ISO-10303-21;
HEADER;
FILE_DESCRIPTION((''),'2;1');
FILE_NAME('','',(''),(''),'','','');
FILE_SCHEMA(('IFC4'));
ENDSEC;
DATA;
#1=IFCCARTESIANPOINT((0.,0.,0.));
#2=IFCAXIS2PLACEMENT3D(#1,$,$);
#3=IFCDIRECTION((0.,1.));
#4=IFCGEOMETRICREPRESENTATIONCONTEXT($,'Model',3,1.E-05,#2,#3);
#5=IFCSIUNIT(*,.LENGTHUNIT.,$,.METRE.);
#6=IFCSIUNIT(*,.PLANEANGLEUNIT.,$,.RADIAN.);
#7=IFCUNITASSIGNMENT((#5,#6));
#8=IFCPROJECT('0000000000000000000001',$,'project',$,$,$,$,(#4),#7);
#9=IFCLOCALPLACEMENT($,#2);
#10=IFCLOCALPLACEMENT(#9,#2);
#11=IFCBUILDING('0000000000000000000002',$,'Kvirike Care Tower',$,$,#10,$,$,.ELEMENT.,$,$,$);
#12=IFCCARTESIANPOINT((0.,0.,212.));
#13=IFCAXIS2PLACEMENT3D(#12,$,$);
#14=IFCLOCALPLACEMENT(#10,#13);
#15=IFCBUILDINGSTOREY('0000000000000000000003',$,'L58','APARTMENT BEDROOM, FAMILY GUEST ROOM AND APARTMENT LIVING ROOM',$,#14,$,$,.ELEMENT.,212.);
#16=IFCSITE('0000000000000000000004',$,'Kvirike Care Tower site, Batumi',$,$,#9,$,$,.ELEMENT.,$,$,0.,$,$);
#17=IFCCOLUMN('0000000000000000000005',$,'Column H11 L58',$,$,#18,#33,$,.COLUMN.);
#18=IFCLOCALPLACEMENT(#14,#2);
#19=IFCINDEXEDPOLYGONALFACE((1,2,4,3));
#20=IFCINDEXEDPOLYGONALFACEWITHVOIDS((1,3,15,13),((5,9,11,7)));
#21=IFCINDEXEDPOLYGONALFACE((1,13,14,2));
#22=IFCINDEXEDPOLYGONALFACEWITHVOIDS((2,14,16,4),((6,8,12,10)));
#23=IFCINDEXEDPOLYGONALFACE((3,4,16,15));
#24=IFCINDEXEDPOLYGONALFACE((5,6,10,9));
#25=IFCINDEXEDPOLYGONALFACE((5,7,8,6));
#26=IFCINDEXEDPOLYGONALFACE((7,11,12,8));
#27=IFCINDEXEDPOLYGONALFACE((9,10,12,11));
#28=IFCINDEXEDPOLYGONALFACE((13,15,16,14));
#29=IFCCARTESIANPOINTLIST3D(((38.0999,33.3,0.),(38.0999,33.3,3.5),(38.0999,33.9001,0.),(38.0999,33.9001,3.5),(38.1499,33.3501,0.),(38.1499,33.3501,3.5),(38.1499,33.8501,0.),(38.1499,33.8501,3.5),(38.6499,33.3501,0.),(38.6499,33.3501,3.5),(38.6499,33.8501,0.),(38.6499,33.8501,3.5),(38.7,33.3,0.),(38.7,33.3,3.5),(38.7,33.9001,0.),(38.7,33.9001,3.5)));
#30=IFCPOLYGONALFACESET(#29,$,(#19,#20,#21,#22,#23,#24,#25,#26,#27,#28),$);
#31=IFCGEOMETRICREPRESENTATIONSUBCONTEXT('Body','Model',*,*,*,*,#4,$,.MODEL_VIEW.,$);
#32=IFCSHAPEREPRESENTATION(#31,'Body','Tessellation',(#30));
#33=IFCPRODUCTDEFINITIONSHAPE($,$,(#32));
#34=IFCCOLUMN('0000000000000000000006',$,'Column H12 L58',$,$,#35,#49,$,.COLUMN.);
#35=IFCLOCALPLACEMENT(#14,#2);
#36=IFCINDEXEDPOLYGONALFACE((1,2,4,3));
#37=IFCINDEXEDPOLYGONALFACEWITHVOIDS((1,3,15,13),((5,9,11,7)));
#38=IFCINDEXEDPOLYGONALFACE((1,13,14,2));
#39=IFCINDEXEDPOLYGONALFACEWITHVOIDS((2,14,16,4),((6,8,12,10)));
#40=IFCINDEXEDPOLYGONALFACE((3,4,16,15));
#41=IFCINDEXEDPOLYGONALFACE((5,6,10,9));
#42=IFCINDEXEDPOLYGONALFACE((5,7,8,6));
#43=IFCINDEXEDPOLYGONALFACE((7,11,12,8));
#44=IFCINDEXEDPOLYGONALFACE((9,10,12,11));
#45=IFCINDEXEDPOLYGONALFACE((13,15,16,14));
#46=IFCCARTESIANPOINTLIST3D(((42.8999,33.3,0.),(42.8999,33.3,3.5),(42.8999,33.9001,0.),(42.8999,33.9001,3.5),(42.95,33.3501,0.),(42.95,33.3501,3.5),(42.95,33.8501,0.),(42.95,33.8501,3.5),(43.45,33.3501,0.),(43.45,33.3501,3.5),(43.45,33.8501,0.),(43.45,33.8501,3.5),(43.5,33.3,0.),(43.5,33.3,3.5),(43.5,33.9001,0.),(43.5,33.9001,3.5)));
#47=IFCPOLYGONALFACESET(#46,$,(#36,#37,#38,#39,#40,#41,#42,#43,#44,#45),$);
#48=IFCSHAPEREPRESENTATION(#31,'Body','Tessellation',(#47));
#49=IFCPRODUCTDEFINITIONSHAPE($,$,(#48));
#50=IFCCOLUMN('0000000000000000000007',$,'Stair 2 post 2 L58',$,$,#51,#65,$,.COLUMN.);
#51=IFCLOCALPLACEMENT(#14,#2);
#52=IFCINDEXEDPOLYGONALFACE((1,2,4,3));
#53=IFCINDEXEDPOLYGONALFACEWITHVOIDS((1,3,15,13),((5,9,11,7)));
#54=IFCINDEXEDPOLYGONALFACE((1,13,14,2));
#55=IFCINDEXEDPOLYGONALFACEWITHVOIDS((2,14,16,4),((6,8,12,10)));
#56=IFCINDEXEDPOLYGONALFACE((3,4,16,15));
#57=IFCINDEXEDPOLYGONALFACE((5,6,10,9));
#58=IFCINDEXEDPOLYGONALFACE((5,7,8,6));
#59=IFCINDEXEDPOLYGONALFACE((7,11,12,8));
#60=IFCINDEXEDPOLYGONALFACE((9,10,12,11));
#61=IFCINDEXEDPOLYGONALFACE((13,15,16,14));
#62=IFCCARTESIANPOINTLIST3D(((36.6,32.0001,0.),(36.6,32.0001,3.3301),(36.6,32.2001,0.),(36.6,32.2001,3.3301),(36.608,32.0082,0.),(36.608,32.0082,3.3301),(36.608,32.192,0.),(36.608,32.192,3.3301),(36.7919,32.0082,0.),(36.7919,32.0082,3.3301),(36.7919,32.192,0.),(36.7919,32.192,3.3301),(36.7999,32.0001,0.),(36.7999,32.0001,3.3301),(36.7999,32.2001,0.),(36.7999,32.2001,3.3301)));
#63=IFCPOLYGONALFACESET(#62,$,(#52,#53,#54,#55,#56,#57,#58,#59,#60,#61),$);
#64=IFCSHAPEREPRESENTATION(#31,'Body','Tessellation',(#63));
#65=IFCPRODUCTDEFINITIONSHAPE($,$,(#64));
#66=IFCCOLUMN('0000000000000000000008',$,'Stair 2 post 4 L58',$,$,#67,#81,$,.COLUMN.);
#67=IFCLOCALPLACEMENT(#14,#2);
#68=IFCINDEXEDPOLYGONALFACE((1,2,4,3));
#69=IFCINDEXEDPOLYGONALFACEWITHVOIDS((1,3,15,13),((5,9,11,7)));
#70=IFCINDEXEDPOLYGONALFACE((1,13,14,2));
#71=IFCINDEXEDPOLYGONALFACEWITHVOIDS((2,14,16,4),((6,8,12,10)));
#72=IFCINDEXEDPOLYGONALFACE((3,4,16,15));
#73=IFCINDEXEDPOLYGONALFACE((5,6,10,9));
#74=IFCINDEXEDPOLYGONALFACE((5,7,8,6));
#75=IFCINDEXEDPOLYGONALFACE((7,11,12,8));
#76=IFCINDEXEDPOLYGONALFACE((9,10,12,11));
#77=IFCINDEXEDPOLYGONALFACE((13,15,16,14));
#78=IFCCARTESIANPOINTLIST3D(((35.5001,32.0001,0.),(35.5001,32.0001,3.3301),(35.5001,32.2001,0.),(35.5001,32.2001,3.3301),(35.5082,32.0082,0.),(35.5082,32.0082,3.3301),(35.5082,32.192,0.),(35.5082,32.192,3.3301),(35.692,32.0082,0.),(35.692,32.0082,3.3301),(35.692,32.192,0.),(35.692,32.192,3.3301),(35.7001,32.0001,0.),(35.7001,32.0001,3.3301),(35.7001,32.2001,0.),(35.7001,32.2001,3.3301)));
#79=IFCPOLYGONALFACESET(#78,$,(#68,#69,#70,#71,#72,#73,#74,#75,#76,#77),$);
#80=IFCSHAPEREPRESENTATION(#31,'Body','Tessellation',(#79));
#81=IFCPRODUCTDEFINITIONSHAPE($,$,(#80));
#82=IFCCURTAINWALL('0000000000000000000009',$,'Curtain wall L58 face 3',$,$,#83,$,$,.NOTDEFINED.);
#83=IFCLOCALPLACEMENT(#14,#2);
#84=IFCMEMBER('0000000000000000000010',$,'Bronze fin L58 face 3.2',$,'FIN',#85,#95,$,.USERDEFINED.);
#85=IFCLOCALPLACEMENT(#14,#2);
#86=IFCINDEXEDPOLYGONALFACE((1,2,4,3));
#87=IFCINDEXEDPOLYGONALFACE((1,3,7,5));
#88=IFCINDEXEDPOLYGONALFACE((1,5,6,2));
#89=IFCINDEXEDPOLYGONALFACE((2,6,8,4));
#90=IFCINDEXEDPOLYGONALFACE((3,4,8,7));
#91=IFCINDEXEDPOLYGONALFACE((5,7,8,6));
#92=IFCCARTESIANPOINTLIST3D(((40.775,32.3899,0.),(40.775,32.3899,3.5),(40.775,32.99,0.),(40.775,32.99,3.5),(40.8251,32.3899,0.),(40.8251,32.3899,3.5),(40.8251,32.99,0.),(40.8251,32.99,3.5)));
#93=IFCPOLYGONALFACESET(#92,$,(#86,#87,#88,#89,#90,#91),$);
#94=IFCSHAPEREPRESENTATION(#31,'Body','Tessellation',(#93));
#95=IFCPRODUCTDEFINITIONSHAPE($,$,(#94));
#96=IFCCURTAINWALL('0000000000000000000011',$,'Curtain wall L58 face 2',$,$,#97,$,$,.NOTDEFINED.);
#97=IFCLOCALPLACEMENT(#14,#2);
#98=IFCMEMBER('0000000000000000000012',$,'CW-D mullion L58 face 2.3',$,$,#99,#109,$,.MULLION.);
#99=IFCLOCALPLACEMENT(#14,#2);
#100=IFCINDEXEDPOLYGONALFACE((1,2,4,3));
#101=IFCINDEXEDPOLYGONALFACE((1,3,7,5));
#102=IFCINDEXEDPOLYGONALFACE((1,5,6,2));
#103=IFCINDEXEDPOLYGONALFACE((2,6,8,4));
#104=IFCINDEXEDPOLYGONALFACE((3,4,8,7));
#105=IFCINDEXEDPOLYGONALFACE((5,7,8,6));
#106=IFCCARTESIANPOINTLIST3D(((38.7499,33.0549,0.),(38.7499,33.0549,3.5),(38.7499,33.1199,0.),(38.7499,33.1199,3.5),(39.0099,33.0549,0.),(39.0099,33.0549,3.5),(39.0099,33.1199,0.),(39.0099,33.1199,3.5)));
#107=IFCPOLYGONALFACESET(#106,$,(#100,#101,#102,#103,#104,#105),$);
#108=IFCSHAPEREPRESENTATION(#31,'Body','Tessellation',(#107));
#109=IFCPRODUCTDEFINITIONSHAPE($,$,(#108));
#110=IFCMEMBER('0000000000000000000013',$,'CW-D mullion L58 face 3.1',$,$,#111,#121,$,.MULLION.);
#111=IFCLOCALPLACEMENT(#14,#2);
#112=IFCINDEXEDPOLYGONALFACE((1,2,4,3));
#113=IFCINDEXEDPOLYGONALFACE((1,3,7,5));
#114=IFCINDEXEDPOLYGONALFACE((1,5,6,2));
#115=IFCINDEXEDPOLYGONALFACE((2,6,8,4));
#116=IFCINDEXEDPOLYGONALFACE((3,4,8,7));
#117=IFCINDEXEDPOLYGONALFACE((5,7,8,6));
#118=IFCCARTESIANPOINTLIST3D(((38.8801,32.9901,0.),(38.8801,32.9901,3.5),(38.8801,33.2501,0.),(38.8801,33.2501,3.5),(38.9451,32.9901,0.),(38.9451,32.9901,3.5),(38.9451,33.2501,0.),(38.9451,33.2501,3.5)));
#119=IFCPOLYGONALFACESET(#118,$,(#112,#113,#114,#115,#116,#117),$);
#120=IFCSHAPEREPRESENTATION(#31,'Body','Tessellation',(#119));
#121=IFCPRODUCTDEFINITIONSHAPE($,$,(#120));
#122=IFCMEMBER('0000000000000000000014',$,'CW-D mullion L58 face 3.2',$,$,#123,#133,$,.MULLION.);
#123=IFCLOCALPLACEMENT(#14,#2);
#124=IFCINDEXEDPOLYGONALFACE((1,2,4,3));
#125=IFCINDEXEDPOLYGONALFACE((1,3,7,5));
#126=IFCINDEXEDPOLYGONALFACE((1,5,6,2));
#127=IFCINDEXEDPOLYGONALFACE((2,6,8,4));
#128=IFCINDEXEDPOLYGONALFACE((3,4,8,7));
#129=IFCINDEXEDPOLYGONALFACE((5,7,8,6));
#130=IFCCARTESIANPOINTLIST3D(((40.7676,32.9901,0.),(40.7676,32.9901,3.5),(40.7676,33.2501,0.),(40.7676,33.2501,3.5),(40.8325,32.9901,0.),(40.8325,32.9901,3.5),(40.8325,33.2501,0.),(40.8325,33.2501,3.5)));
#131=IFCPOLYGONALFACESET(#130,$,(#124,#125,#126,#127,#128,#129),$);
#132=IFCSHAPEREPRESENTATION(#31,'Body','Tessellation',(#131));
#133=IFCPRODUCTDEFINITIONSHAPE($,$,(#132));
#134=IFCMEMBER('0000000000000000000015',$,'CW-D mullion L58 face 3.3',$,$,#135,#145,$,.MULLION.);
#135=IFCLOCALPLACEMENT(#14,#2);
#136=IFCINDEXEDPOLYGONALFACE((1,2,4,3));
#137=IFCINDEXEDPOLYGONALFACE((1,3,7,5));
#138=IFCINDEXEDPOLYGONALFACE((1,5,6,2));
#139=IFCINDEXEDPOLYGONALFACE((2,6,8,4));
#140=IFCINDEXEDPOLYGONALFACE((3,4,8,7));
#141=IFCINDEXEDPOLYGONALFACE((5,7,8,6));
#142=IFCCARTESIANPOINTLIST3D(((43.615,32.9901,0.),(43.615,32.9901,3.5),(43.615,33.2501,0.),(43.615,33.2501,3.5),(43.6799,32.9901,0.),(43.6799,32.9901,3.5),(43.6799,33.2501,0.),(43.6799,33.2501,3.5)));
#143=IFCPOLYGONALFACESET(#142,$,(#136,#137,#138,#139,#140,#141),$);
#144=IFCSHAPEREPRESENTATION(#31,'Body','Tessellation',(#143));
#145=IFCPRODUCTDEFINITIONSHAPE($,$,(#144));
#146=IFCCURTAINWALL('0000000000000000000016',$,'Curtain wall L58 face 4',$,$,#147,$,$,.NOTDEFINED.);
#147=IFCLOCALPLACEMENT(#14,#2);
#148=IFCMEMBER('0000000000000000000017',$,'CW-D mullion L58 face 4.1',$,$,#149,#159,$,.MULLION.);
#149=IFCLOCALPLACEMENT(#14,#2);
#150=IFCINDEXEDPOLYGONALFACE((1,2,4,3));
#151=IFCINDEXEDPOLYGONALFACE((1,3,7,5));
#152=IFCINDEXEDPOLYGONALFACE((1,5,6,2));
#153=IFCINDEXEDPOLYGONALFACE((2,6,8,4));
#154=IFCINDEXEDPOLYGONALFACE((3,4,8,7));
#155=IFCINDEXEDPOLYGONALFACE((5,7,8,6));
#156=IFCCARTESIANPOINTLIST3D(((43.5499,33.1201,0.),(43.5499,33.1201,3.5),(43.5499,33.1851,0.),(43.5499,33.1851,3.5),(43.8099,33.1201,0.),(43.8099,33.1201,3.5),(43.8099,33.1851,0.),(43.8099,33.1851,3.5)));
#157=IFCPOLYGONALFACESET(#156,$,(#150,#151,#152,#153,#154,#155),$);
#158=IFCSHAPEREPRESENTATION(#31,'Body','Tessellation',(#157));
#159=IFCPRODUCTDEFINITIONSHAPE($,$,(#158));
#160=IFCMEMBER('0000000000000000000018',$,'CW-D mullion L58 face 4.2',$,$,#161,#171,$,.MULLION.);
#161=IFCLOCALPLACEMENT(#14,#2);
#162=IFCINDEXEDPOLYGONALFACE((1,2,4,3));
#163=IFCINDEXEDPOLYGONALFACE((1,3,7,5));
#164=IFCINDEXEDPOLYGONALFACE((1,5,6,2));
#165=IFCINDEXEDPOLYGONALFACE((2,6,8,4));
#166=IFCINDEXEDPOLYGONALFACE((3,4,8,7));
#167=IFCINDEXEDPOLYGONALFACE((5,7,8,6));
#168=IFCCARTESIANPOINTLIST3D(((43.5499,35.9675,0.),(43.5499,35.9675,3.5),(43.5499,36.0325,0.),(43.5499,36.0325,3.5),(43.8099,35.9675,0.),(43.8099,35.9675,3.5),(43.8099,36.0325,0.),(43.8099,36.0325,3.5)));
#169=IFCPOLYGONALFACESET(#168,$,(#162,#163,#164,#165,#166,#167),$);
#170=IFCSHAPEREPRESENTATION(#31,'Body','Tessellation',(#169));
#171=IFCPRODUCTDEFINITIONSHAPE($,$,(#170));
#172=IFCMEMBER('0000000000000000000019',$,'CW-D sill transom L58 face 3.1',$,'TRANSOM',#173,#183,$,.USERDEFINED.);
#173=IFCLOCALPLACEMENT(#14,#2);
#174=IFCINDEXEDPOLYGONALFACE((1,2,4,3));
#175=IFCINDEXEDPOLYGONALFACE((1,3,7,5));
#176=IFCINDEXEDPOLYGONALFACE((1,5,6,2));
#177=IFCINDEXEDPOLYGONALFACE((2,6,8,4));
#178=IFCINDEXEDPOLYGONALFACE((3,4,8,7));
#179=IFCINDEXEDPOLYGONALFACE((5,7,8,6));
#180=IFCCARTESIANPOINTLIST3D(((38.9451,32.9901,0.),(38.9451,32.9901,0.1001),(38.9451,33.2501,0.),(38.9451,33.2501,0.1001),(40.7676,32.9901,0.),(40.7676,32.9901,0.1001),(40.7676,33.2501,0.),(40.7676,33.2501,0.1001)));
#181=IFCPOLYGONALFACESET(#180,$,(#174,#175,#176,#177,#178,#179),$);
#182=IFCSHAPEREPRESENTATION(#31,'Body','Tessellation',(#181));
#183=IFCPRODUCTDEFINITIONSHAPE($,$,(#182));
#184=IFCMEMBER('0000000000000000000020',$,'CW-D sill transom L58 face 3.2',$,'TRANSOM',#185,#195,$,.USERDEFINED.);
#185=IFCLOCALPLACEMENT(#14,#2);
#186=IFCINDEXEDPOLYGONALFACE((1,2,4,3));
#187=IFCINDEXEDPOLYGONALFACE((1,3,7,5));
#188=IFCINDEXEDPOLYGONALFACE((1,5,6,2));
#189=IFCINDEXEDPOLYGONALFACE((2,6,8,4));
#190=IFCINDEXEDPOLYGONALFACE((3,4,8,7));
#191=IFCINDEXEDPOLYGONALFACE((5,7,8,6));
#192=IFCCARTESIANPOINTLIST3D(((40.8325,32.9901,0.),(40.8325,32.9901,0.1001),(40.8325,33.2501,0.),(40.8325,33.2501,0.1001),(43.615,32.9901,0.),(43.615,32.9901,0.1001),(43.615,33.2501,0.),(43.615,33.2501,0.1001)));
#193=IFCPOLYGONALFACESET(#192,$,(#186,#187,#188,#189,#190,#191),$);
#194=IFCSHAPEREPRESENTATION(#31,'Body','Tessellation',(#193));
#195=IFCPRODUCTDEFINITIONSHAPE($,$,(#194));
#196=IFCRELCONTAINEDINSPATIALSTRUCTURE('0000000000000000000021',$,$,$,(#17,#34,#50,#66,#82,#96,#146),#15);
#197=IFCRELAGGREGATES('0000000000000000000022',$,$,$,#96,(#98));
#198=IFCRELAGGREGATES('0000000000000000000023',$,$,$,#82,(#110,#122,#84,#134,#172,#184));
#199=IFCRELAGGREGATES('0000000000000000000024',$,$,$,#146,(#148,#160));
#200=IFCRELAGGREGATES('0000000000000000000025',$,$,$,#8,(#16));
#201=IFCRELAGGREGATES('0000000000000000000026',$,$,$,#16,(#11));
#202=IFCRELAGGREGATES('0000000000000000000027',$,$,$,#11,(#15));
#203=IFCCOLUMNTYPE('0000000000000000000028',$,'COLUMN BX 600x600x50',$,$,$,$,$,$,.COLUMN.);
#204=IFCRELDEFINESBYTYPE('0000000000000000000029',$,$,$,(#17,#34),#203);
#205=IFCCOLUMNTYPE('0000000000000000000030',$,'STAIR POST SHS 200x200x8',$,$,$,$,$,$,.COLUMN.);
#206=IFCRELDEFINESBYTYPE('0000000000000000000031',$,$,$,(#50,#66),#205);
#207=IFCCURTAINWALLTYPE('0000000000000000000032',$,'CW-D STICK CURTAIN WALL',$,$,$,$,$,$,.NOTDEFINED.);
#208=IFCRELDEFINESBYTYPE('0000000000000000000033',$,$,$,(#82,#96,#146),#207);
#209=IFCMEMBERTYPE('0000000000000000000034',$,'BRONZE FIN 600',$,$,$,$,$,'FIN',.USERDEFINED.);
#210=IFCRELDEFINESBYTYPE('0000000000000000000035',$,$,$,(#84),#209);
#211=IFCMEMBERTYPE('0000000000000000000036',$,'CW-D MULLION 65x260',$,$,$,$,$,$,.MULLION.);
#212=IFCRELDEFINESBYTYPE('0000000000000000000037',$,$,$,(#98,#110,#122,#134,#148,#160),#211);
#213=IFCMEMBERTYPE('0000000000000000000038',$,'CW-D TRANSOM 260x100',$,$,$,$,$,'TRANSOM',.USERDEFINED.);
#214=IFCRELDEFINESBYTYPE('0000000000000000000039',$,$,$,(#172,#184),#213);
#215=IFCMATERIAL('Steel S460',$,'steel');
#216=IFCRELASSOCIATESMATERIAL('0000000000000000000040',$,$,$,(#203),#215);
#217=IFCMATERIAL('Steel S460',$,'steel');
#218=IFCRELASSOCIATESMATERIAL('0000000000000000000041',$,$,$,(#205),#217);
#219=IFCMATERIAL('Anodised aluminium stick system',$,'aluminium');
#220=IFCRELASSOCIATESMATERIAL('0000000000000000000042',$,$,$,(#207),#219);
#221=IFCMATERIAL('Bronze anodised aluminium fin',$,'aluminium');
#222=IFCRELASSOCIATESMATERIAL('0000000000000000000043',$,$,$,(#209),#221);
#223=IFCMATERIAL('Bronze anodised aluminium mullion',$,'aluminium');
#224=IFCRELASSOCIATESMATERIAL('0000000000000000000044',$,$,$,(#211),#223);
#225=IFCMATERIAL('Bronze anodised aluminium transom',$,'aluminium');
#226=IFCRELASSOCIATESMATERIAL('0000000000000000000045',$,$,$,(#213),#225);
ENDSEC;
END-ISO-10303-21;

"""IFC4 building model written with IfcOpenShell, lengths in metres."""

from ifc_helpers import new_model, si_unit, direction, frame, origin, origin_2d, place, context, subcontext, project, spatial, rectangle, hollow_rectangle, extrude, material, material_profile, profile_set, type_object, element, aggregate, save


model = new_model("IFC4")

# Units and contexts
model_context = context("Model", 3, precision=1e-05, world=origin(), true_north=direction((0.0, 1.0)))
body_context = subcontext(model_context, "Body", "Model", "MODEL_VIEW")
ifc_project = project(units=[si_unit("LENGTHUNIT", "METRE"), si_unit("PLANEANGLEUNIT", "RADIAN")], contexts=[model_context])

# Site, building, storey
site_placement = place(None, origin())
site = spatial("IfcSite", under=ifc_project, at=site_placement, Name="Kvirike Care Tower site, Batumi", CompositionType="ELEMENT", RefElevation=0.0)
building_placement = place(site_placement, origin())
building = spatial("IfcBuilding", under=site, at=building_placement, Name="Kvirike Care Tower", CompositionType="ELEMENT")
storey_placement = place(building_placement, frame((0.0, 0.0, 212.0)))
storey = spatial("IfcBuildingStorey", under=building, at=storey_placement, Name="L58", Description="APARTMENT BEDROOM, FAMILY GUEST ROOM AND APARTMENT LIVING ROOM", CompositionType="ELEMENT", Elevation=212.0)

# Columns
ifc_material_1 = material(Name="Steel S460", Category="steel")
ifc_material_profile_1 = material_profile(ifc_material_1, hollow_rectangle(XDim=0.6001, YDim=0.6001, WallThickness=0.05, at=origin_2d()), Name="BX 600x600x50")
ifc_profile_set_1 = profile_set([ifc_material_profile_1], Name="Steel S460")
column_type_1 = type_object("IfcColumnType", Name="COLUMN BX 600x600x50", PredefinedType="COLUMN", material=ifc_profile_set_1)
for number, where, z_axis, x_axis, name in (
    (1, (38.3999, 33.6001, 0.0), (0.0, 0.0, 1.0), (0.0, 1.0, 0.0), "Column H11 L58"),
    (2, (43.2, 33.6001, 0.0), (0.0, 0.0, 1.0), (0.0, 1.0, 0.0), "Column H12 L58"),
):
    element("IfcColumn", number, at=place(storey_placement, frame(where, z_axis=z_axis, x_axis=x_axis)), inside=storey, type_object=column_type_1, Name=name, PredefinedType="COLUMN", context=body_context, shape_type="SweptSolid", body=[
        extrude(hollow_rectangle(XDim=0.6001, YDim=0.6001, WallThickness=0.05, at=origin_2d()), origin(), (0.0, 0.0, 1.0), 3.5),
    ])
ifc_material_2 = material(Name="Steel S460", Category="steel")
ifc_material_profile_2 = material_profile(ifc_material_2, hollow_rectangle(XDim=0.2, YDim=0.2, WallThickness=0.0081, at=origin_2d()), Name="SHS 200x200x8")
ifc_profile_set_2 = profile_set([ifc_material_profile_2], Name="Steel S460")
column_type_2 = type_object("IfcColumnType", Name="STAIR POST SHS 200x200x8", PredefinedType="COLUMN", material=ifc_profile_set_2)
for number, where, z_axis, x_axis, name in (
    (3, (36.7, 32.1001, 0.0), (0.0, 0.0, 1.0), (1.0, 0.0, 0.0), "Stair 2 post 2 L58"),
    (4, (35.6001, 32.1001, 0.0), (0.0, 0.0, 1.0), (1.0, 0.0, 0.0), "Stair 2 post 4 L58"),
):
    element("IfcColumn", number, at=place(storey_placement, frame(where, z_axis=z_axis, x_axis=x_axis)), inside=storey, type_object=column_type_2, Name=name, PredefinedType="COLUMN", context=body_context, shape_type="SweptSolid", body=[
        extrude(hollow_rectangle(XDim=0.2, YDim=0.2, WallThickness=0.0081, at=origin_2d()), origin(), (0.0, 0.0, 1.0), 3.3301),
    ])

# Curtain walls, members
ifc_material_3 = material(Name="Anodised aluminium stick system", Category="aluminium")
curtain_wall_type = type_object("IfcCurtainWallType", Name="CW-D STICK CURTAIN WALL", PredefinedType="NOTDEFINED", material=ifc_material_3)
curtain_wall_1_placement = place(storey_placement, origin())
curtain_wall_1 = element("IfcCurtainWall", 5, at=curtain_wall_1_placement, inside=storey, type_object=curtain_wall_type, Name="Curtain wall L58 face 3", PredefinedType="NOTDEFINED")
ifc_material_4 = material(Name="Bronze anodised aluminium fin", Category="aluminium")
ifc_material_profile_3 = material_profile(ifc_material_4, rectangle(XDim=0.05, YDim=0.6001, at=origin_2d()), Name="BRONZE FIN 600")
ifc_profile_set_3 = profile_set([ifc_material_profile_3], Name="Bronze anodised aluminium fin")
member_type_1 = type_object("IfcMemberType", Name="BRONZE FIN 600", ElementType="FIN", PredefinedType="USERDEFINED", material=ifc_profile_set_3)
member_1_placement = place(storey_placement, frame((40.8, 32.6899, 0.0), z_axis=(0.0, 0.0, 1.0), x_axis=(1.0, 0.0, 0.0)))
member_1 = element("IfcMember", 6, at=member_1_placement, type_object=member_type_1, Name="Bronze fin L58 face 3.2", ObjectType="FIN", PredefinedType="USERDEFINED", context=body_context, shape_type="SweptSolid", body=[
    extrude(rectangle(XDim=0.05, YDim=0.6001, at=origin_2d()), origin(), (0.0, 0.0, 1.0), 3.5),
])
curtain_wall_2_placement = place(storey_placement, origin())
curtain_wall_2 = element("IfcCurtainWall", 7, at=curtain_wall_2_placement, inside=storey, type_object=curtain_wall_type, Name="Curtain wall L58 face 2", PredefinedType="NOTDEFINED")
ifc_material_5 = material(Name="Bronze anodised aluminium mullion", Category="aluminium")
ifc_material_profile_4 = material_profile(ifc_material_5, rectangle(XDim=0.0649, YDim=0.26, at=origin_2d()), Name="CW-D MULLION 65x260")
ifc_profile_set_4 = profile_set([ifc_material_profile_4], Name="Bronze anodised aluminium mullion")
member_type_2 = type_object("IfcMemberType", Name="CW-D MULLION 65x260", PredefinedType="MULLION", material=ifc_profile_set_4)
member_2_placement = place(storey_placement, frame((38.8799, 33.0874, 0.0), z_axis=(0.0, 0.0, 1.0), x_axis=(0.0, 1.0, 0.0)))
member_2 = element("IfcMember", 8, at=member_2_placement, type_object=member_type_2, Name="CW-D mullion L58 face 2.3", PredefinedType="MULLION", context=body_context, shape_type="SweptSolid", body=[
    extrude(rectangle(XDim=0.0649, YDim=0.26, at=origin_2d()), origin(), (0.0, 0.0, 1.0), 3.5),
])

# Members
member_3_placement = place(storey_placement, frame((38.9126, 33.1201, 0.0), z_axis=(0.0, 0.0, 1.0), x_axis=(1.0, 0.0, 0.0)))
member_3 = element("IfcMember", 9, at=member_3_placement, type_object=member_type_2, Name="CW-D mullion L58 face 3.1", PredefinedType="MULLION", context=body_context, shape_type="SweptSolid", body=[
    extrude(rectangle(XDim=0.0649, YDim=0.26, at=origin_2d()), origin(), (0.0, 0.0, 1.0), 3.5),
])
member_4_placement = place(storey_placement, frame((40.8, 33.1201, 0.0), z_axis=(0.0, 0.0, 1.0), x_axis=(1.0, 0.0, 0.0)))
member_4 = element("IfcMember", 10, at=member_4_placement, type_object=member_type_2, Name="CW-D mullion L58 face 3.2", PredefinedType="MULLION", context=body_context, shape_type="SweptSolid", body=[
    extrude(rectangle(XDim=0.0649, YDim=0.26, at=origin_2d()), origin(), (0.0, 0.0, 1.0), 3.5),
])
member_5_placement = place(storey_placement, frame((43.6475, 33.1201, 0.0), z_axis=(0.0, 0.0, 1.0), x_axis=(1.0, 0.0, 0.0)))
member_5 = element("IfcMember", 11, at=member_5_placement, type_object=member_type_2, Name="CW-D mullion L58 face 3.3", PredefinedType="MULLION", context=body_context, shape_type="SweptSolid", body=[
    extrude(rectangle(XDim=0.0649, YDim=0.26, at=origin_2d()), origin(), (0.0, 0.0, 1.0), 3.5),
])

# Curtain wall, members
curtain_wall_3_placement = place(storey_placement, origin())
curtain_wall_3 = element("IfcCurtainWall", 12, at=curtain_wall_3_placement, inside=storey, type_object=curtain_wall_type, Name="Curtain wall L58 face 4", PredefinedType="NOTDEFINED")
member_6_placement = place(storey_placement, frame((43.6799, 33.1526, 0.0), z_axis=(0.0, 0.0, 1.0), x_axis=(0.0, 1.0, 0.0)))
member_6 = element("IfcMember", 13, at=member_6_placement, type_object=member_type_2, Name="CW-D mullion L58 face 4.1", PredefinedType="MULLION", context=body_context, shape_type="SweptSolid", body=[
    extrude(rectangle(XDim=0.0649, YDim=0.26, at=origin_2d()), origin(), (0.0, 0.0, 1.0), 3.5),
])
member_7_placement = place(storey_placement, frame((43.6799, 36.0, 0.0), z_axis=(0.0, 0.0, 1.0), x_axis=(0.0, 1.0, 0.0)))
member_7 = element("IfcMember", 14, at=member_7_placement, type_object=member_type_2, Name="CW-D mullion L58 face 4.2", PredefinedType="MULLION", context=body_context, shape_type="SweptSolid", body=[
    extrude(rectangle(XDim=0.0649, YDim=0.26, at=origin_2d()), origin(), (0.0, 0.0, 1.0), 3.5),
])

# Members
ifc_material_6 = material(Name="Bronze anodised aluminium transom", Category="aluminium")
ifc_material_profile_5 = material_profile(ifc_material_6, rectangle(XDim=0.26, YDim=0.1001, at=origin_2d()), Name="CW-D TRANSOM 260x100")
ifc_profile_set_5 = profile_set([ifc_material_profile_5], Name="Bronze anodised aluminium transom")
member_type_3 = type_object("IfcMemberType", Name="CW-D TRANSOM 260x100", ElementType="TRANSOM", PredefinedType="USERDEFINED", material=ifc_profile_set_5)
member_8_placement = place(storey_placement, frame((38.9451, 33.1201, 0.05), z_axis=(1.0, 0.0, 0.0), x_axis=(0.0, 1.0, 0.0)))
member_8 = element("IfcMember", 15, at=member_8_placement, type_object=member_type_3, Name="CW-D sill transom L58 face 3.1", ObjectType="TRANSOM", PredefinedType="USERDEFINED", context=body_context, shape_type="SweptSolid", body=[
    extrude(rectangle(XDim=0.26, YDim=0.1001, at=origin_2d()), origin(), (0.0, 0.0, 1.0), 1.8225),
])
member_9_placement = place(storey_placement, frame((40.8325, 33.1201, 0.05), z_axis=(1.0, 0.0, 0.0), x_axis=(0.0, 1.0, 0.0)))
member_9 = element("IfcMember", 16, at=member_9_placement, type_object=member_type_3, Name="CW-D sill transom L58 face 3.2", ObjectType="TRANSOM", PredefinedType="USERDEFINED", context=body_context, shape_type="SweptSolid", body=[
    extrude(rectangle(XDim=0.26, YDim=0.1001, at=origin_2d()), origin(), (0.0, 0.0, 1.0), 2.7825),
])

aggregate(curtain_wall_2, [member_2])
aggregate(curtain_wall_1, [member_3, member_4, member_1, member_5, member_8, member_9])
aggregate(curtain_wall_3, [member_6, member_7])

save(model, "model.ifc")
